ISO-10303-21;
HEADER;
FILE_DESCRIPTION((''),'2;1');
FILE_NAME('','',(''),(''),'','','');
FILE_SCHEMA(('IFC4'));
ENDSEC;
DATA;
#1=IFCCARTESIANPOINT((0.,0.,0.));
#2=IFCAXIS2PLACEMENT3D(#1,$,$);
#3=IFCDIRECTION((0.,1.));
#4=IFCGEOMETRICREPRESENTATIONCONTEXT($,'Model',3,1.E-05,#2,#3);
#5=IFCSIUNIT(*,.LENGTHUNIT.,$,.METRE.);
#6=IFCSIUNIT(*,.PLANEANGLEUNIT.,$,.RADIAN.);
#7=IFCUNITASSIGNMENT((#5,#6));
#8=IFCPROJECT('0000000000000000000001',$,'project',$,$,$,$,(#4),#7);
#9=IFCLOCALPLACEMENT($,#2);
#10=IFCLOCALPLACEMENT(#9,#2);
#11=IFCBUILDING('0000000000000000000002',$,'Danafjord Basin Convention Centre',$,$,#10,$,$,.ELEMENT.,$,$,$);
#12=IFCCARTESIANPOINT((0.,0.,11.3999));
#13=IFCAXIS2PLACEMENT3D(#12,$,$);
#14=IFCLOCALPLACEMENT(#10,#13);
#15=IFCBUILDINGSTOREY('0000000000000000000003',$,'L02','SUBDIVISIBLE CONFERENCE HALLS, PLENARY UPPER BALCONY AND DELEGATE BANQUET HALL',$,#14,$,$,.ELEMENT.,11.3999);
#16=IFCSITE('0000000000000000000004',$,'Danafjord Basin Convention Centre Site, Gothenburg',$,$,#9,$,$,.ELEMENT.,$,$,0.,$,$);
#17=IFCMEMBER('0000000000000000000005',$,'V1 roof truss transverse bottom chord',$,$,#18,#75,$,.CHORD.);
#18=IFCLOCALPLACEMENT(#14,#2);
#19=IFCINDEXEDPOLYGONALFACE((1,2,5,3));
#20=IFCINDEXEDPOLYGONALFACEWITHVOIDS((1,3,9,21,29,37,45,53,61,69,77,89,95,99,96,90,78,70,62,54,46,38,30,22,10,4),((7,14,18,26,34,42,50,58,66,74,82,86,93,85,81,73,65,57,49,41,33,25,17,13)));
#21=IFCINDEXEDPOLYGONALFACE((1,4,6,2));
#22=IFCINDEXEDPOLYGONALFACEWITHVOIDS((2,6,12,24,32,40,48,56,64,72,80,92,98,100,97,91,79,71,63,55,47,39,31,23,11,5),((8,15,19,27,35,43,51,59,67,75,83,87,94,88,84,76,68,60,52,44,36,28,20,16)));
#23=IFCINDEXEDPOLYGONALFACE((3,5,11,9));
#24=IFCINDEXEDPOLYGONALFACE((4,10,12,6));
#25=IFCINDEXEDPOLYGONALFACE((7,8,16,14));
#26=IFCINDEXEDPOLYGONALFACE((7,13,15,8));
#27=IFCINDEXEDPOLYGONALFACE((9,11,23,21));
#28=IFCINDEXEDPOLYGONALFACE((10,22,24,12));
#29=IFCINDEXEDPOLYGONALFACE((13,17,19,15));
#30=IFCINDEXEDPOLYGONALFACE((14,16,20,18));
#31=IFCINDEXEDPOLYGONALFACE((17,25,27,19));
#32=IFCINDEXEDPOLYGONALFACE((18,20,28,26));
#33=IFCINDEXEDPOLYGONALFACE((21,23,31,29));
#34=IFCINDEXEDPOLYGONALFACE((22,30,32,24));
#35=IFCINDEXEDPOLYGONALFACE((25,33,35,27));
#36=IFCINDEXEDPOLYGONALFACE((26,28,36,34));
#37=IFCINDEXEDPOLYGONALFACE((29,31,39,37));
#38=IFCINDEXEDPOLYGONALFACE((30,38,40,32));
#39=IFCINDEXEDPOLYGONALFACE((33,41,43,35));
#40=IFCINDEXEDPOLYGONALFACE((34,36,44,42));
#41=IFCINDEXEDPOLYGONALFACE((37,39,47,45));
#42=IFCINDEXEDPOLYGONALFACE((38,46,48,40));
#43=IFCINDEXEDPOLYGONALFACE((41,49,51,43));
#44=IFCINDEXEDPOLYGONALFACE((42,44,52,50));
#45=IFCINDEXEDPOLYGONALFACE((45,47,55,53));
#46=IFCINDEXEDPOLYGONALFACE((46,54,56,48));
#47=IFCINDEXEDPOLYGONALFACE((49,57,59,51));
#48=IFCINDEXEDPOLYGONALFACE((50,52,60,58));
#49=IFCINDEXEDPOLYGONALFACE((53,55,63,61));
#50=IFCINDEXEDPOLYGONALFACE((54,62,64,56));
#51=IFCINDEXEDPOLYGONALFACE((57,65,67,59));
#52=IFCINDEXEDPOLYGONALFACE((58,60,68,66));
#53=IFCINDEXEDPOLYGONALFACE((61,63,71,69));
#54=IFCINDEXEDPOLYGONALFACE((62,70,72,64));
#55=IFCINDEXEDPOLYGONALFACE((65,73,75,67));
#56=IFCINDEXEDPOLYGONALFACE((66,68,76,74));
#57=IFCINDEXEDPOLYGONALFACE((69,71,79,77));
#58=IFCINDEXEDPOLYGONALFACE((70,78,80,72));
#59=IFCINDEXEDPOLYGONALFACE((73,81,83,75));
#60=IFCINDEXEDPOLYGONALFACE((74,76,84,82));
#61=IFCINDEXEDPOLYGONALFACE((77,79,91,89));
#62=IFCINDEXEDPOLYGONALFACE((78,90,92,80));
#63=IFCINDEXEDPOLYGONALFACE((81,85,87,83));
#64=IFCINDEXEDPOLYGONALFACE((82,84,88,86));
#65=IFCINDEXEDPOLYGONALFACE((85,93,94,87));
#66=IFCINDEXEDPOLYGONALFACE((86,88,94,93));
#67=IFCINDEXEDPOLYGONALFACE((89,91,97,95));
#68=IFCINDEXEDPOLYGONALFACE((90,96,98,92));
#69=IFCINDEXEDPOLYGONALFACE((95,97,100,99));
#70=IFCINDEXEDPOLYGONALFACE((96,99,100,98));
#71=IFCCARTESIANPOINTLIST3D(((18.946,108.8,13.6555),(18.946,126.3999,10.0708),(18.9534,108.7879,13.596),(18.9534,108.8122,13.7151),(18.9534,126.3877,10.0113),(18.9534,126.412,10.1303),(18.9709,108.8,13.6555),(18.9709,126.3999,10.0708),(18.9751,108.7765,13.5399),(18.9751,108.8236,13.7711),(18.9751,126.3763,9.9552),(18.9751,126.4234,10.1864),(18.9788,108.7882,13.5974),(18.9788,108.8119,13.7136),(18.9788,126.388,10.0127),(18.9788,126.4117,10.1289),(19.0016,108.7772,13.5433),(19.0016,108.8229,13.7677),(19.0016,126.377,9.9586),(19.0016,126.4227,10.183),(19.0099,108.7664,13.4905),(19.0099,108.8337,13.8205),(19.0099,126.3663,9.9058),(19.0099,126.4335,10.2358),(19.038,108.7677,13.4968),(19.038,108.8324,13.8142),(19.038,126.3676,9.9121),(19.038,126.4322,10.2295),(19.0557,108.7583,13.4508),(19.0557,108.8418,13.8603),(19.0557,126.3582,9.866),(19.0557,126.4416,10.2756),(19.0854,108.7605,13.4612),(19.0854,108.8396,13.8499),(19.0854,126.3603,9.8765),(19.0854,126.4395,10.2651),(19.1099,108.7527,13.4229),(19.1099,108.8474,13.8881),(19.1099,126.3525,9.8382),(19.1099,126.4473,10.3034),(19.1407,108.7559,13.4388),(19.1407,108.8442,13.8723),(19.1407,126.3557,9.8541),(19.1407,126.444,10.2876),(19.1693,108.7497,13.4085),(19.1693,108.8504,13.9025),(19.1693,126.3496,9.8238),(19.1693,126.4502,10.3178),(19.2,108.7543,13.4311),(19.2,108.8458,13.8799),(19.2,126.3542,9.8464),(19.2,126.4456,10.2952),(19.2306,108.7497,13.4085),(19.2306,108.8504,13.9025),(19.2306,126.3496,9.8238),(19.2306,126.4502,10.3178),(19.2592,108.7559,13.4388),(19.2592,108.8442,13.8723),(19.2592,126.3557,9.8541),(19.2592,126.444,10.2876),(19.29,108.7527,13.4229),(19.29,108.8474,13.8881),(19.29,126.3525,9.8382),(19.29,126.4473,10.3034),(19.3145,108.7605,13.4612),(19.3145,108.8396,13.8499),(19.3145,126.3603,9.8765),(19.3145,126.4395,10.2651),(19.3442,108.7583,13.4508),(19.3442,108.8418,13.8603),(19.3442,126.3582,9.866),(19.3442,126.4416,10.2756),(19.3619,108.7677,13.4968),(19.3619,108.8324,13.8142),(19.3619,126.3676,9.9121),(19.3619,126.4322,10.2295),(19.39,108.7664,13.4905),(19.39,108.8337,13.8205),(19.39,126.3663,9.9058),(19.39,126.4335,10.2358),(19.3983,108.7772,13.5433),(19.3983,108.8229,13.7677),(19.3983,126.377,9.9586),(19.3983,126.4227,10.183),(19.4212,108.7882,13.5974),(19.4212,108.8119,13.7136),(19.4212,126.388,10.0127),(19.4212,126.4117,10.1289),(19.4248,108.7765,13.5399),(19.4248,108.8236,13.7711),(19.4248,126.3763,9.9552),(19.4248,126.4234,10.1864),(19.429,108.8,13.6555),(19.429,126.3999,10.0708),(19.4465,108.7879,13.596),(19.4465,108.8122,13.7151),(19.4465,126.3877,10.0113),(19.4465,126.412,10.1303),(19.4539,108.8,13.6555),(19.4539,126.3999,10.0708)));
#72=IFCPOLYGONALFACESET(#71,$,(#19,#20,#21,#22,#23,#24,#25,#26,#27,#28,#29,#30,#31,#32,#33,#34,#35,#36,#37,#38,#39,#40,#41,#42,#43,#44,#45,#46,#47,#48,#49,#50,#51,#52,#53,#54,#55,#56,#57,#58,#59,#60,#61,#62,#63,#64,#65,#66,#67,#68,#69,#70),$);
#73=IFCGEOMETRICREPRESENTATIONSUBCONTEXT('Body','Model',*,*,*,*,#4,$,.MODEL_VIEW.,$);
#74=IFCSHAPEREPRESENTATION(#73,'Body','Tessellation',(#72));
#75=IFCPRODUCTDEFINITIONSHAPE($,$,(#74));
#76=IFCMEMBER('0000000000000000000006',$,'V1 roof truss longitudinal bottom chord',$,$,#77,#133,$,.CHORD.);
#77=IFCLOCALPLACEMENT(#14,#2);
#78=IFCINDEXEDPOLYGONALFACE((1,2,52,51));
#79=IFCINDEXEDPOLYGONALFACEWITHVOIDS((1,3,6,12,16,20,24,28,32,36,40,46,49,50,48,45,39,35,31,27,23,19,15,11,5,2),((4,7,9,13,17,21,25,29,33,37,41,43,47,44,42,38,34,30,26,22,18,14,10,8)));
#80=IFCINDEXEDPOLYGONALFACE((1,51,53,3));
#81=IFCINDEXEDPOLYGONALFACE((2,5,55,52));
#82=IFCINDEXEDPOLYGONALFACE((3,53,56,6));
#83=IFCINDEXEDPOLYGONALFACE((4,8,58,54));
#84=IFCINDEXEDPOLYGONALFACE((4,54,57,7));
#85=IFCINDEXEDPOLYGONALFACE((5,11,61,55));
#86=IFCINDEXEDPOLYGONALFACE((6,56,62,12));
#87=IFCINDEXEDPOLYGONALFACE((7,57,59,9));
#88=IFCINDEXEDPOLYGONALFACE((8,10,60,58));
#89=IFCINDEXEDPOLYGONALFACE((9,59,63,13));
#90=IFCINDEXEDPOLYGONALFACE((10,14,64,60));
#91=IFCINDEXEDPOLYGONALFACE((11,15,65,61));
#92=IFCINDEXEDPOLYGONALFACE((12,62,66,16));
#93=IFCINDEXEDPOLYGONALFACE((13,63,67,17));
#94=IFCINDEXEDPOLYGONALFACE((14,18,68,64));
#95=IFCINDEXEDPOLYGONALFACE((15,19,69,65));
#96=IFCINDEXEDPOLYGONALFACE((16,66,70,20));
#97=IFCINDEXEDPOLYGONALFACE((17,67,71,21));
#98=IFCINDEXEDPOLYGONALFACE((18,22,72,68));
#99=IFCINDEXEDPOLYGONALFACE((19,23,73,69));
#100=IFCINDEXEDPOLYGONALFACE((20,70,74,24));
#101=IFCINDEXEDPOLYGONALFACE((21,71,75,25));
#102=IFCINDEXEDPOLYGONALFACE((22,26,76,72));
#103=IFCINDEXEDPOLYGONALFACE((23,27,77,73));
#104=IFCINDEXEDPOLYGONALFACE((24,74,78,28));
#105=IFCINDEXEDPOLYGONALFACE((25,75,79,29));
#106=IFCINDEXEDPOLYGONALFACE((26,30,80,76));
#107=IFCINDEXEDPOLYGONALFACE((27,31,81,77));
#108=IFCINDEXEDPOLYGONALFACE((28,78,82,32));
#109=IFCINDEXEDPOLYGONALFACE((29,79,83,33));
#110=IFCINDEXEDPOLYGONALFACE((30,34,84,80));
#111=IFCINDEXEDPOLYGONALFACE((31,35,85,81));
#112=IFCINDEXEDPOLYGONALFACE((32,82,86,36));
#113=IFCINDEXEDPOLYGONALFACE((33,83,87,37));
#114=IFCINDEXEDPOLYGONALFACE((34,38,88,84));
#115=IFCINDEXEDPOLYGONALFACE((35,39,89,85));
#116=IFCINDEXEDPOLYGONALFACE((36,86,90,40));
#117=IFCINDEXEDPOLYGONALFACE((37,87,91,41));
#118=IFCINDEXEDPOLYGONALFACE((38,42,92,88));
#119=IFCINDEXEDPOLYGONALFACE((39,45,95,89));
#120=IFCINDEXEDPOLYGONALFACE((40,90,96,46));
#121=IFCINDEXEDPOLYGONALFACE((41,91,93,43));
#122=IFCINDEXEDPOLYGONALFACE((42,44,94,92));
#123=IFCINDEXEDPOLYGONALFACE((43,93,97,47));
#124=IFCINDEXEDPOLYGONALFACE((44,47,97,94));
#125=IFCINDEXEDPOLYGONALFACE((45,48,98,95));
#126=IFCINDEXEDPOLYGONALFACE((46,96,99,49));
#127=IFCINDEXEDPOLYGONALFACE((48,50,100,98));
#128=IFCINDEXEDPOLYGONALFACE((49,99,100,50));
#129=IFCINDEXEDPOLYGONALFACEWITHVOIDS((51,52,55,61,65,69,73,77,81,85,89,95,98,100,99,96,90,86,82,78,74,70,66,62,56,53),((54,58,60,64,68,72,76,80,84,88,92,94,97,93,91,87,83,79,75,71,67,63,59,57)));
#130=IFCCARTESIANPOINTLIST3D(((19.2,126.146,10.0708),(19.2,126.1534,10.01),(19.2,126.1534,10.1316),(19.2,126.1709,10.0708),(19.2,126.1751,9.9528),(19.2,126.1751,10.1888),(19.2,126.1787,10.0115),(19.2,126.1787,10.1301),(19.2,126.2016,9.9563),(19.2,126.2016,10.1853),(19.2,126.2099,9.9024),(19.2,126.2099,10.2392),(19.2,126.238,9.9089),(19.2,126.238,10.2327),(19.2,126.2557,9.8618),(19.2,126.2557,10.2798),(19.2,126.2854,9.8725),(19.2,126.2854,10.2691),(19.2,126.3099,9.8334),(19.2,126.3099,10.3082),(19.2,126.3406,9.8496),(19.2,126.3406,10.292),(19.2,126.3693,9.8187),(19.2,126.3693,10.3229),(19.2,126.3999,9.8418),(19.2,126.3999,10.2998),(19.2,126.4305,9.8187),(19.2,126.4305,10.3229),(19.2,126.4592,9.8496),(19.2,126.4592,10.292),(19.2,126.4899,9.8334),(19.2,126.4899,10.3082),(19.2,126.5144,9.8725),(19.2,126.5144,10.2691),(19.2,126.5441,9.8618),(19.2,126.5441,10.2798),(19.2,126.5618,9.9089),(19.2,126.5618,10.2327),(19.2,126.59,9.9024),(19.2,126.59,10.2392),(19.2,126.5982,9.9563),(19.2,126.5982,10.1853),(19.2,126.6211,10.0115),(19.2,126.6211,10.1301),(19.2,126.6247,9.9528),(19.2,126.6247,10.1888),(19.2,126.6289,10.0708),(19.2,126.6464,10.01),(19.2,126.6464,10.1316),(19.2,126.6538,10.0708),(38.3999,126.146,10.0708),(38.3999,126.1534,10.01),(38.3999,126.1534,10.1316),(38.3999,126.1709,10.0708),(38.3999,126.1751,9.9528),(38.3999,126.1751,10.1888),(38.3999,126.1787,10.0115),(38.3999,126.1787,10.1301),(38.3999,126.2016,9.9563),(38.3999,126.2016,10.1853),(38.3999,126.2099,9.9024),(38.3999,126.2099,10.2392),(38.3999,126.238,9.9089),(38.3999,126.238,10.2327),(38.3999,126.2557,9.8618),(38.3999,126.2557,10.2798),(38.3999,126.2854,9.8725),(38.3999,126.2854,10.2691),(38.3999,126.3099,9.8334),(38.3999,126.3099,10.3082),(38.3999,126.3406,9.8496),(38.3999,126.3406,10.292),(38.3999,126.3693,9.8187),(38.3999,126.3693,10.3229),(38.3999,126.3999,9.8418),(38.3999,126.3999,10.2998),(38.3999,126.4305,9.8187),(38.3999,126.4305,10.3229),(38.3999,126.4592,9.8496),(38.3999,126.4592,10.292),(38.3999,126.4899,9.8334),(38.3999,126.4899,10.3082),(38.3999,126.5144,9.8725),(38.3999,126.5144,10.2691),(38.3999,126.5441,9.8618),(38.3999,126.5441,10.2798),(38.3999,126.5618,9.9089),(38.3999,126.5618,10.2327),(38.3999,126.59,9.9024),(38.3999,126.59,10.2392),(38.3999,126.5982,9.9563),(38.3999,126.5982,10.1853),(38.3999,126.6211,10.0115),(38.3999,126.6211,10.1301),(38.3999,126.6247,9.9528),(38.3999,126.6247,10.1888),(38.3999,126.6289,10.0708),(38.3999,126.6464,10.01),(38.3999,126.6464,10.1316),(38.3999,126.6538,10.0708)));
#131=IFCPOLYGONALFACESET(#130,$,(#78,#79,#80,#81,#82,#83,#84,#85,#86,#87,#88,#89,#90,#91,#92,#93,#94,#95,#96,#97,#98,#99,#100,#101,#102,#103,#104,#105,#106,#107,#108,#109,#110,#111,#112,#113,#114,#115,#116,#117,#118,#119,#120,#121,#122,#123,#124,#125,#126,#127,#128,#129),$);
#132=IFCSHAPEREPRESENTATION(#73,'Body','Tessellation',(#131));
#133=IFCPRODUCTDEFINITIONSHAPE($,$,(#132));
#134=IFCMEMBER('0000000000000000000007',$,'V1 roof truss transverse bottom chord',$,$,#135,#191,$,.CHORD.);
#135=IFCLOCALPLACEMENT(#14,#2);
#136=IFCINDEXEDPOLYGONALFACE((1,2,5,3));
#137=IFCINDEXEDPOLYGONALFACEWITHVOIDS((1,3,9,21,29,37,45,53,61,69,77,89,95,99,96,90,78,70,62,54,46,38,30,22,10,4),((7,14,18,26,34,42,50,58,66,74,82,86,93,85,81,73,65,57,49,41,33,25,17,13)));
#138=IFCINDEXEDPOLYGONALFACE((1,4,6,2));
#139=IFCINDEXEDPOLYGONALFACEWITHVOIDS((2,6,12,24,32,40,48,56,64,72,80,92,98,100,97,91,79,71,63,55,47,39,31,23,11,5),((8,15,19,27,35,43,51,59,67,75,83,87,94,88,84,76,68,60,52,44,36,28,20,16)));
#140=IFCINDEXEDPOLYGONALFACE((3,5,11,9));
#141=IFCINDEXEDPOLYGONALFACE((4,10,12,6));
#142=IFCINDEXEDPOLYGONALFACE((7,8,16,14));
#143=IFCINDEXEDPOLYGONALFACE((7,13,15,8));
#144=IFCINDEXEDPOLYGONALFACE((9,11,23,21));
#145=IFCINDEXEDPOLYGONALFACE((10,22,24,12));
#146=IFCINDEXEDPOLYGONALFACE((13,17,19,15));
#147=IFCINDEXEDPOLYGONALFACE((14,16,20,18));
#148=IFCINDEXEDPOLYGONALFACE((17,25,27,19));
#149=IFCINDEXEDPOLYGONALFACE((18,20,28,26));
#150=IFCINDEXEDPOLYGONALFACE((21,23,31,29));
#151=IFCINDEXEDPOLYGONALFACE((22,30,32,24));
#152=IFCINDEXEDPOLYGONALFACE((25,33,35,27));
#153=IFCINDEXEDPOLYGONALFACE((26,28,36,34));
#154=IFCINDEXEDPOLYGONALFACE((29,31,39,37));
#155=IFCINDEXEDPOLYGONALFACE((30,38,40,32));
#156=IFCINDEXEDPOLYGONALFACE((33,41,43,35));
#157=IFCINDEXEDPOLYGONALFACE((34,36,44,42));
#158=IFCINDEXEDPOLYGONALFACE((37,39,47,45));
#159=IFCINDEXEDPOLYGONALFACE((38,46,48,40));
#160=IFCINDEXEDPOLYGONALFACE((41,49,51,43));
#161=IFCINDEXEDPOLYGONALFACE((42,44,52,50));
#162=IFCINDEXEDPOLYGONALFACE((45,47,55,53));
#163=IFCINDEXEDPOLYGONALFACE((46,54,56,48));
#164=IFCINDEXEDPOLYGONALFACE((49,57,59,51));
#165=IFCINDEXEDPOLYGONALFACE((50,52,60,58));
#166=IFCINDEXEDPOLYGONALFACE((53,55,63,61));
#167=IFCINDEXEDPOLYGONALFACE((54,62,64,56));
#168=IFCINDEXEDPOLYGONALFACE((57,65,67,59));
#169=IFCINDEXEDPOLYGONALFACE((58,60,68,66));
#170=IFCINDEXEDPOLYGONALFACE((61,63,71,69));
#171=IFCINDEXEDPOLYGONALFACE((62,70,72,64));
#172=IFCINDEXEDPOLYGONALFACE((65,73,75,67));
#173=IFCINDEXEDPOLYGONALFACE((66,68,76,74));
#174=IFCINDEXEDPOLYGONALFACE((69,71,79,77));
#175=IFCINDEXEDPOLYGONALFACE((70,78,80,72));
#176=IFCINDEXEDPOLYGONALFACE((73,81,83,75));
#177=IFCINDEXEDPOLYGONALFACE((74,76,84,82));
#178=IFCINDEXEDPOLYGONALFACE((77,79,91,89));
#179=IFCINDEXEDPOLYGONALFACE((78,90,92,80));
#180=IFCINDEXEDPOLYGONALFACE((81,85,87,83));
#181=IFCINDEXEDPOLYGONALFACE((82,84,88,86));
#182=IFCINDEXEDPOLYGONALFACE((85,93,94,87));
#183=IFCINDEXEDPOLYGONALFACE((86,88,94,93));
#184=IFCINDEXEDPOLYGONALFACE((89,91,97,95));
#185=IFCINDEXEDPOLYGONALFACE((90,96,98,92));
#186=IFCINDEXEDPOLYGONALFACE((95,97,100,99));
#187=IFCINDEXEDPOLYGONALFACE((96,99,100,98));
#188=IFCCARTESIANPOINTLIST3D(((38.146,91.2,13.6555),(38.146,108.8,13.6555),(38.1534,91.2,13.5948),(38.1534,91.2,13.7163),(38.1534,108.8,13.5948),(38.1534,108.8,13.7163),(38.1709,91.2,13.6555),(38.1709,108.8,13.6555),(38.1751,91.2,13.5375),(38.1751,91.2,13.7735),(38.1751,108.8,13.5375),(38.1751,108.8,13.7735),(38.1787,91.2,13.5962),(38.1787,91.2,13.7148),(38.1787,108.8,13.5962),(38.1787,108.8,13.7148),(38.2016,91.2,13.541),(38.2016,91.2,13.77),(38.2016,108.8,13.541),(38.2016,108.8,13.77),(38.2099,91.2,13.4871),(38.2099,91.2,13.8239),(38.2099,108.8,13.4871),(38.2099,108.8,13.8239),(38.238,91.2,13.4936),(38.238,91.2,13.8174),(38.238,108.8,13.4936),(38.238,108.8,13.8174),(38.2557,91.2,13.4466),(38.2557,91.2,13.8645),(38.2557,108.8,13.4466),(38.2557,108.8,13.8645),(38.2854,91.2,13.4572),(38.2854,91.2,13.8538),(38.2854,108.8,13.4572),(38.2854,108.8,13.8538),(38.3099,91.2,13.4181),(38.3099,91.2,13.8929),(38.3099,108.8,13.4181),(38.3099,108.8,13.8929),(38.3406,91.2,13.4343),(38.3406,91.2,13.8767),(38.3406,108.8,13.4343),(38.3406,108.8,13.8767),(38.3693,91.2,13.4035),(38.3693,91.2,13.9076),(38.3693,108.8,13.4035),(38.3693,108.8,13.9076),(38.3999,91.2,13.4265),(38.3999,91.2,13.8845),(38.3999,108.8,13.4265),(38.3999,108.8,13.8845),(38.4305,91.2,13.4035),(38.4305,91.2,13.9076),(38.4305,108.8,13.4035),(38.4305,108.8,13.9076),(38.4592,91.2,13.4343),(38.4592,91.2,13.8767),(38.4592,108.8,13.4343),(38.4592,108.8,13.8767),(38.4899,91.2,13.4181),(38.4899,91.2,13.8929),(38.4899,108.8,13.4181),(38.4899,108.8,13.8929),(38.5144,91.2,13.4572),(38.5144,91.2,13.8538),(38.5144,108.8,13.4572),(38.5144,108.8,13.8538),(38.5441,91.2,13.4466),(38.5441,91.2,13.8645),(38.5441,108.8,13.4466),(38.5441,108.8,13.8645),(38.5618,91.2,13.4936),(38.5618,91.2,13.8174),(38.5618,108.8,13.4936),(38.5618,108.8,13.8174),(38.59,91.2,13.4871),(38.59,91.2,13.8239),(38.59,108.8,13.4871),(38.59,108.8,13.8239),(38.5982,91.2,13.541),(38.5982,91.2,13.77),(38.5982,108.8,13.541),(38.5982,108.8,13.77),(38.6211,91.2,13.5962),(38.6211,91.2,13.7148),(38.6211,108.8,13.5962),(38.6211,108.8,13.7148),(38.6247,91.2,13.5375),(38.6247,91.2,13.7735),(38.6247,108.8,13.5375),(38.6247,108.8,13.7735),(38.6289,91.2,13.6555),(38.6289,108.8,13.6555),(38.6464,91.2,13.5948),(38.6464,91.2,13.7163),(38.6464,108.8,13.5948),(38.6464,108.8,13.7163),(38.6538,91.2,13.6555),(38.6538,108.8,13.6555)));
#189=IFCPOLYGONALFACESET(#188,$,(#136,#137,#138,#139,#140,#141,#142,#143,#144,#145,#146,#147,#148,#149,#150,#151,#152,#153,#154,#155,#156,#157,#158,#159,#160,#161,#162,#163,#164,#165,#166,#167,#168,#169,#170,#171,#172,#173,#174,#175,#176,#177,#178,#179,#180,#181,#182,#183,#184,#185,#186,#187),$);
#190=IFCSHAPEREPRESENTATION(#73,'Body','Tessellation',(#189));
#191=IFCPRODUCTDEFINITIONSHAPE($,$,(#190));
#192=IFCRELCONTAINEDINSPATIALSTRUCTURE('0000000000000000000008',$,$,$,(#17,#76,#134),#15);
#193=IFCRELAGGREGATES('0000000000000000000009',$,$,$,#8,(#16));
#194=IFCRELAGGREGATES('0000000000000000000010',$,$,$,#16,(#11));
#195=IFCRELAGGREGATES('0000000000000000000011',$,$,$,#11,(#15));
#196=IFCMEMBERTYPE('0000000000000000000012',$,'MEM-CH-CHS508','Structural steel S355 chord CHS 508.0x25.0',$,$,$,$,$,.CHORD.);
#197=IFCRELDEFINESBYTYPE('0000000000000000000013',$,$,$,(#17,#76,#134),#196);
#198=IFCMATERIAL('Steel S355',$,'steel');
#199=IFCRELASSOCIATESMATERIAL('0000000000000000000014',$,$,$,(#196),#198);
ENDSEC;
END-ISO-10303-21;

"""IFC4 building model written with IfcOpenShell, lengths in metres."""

from ifc_helpers import new_model, si_unit, direction, frame, origin, origin_2d, place, context, subcontext, project, spatial, hollow_circle, extrude, material, material_profile, profile_set, type_object, element, save


model = new_model("IFC4")

# Units and contexts
model_context = context("Model", 3, precision=1e-05, world=origin(), true_north=direction((0.0, 1.0)))
body_context = subcontext(model_context, "Body", "Model", "MODEL_VIEW")
ifc_project = project(units=[si_unit("LENGTHUNIT", "METRE"), si_unit("PLANEANGLEUNIT", "RADIAN")], contexts=[model_context])

# Site, building, storey
site_placement = place(None, origin())
site = spatial("IfcSite", under=ifc_project, at=site_placement, Name="Danafjord Basin Convention Centre Site, Gothenburg", CompositionType="ELEMENT", RefElevation=0.0)
building_placement = place(site_placement, origin())
building = spatial("IfcBuilding", under=site, at=building_placement, Name="Danafjord Basin Convention Centre", CompositionType="ELEMENT")
storey_placement = place(building_placement, frame((0.0, 0.0, 11.3999)))
storey = spatial("IfcBuildingStorey", under=building, at=storey_placement, Name="L02", Description="SUBDIVISIBLE CONFERENCE HALLS, PLENARY UPPER BALCONY AND DELEGATE BANQUET HALL", CompositionType="ELEMENT", Elevation=11.3999)

# Members
ifc_material = material(Name="Steel S355", Category="steel")
ifc_material_profile_1 = material_profile(ifc_material, hollow_circle(Radius=0.2539, WallThickness=0.0249, at=origin_2d()), Name="CHS 508.0x25.0")
ifc_profile_set_1 = profile_set([ifc_material_profile_1], Name="Steel S355")
member_type_1 = type_object("IfcMemberType", Name="MEM-CH-CHS508", Description="Structural steel S355 chord CHS 508.0x25.0", PredefinedType="CHORD", material=ifc_profile_set_1)
member_1_placement = place(storey_placement, frame((19.2, 108.8, 13.6555), z_axis=(0.0, 0.979881, -0.199581), x_axis=(-1.0, 0.0, 0.0)))
element("IfcMember", 1, at=member_1_placement, inside=storey, type_object=member_type_1, Name="V1 roof truss transverse bottom chord", PredefinedType="CHORD", context=body_context, shape_type="SweptSolid", body=[
    extrude(hollow_circle(Radius=0.2539, WallThickness=0.0249, at=origin_2d()), origin(), (0.0, 0.0, 1.0), 17.9612),
])
member_2_placement = place(storey_placement, frame((19.2, 126.3999, 10.0708), z_axis=(1.0, 0.0, 0.0), x_axis=(0.0, 1.0, 0.0)))
element("IfcMember", 2, at=member_2_placement, inside=storey, type_object=member_type_1, Name="V1 roof truss longitudinal bottom chord", PredefinedType="CHORD", context=body_context, shape_type="SweptSolid", body=[
    extrude(hollow_circle(Radius=0.2539, WallThickness=0.0249, at=origin_2d()), origin(), (0.0, 0.0, 1.0), 19.2),
])
member_3_placement = place(storey_placement, frame((38.3999, 91.2, 13.6555), z_axis=(0.0, 1.0, 0.0), x_axis=(-1.0, 0.0, 0.0)))
element("IfcMember", 3, at=member_3_placement, inside=storey, type_object=member_type_1, Name="V1 roof truss transverse bottom chord", PredefinedType="CHORD", context=body_context, shape_type="SweptSolid", body=[
    extrude(hollow_circle(Radius=0.2539, WallThickness=0.0249, at=origin_2d()), origin(), (0.0, 0.0, 1.0), 17.6001),
])

save(model, "model.ifc")
